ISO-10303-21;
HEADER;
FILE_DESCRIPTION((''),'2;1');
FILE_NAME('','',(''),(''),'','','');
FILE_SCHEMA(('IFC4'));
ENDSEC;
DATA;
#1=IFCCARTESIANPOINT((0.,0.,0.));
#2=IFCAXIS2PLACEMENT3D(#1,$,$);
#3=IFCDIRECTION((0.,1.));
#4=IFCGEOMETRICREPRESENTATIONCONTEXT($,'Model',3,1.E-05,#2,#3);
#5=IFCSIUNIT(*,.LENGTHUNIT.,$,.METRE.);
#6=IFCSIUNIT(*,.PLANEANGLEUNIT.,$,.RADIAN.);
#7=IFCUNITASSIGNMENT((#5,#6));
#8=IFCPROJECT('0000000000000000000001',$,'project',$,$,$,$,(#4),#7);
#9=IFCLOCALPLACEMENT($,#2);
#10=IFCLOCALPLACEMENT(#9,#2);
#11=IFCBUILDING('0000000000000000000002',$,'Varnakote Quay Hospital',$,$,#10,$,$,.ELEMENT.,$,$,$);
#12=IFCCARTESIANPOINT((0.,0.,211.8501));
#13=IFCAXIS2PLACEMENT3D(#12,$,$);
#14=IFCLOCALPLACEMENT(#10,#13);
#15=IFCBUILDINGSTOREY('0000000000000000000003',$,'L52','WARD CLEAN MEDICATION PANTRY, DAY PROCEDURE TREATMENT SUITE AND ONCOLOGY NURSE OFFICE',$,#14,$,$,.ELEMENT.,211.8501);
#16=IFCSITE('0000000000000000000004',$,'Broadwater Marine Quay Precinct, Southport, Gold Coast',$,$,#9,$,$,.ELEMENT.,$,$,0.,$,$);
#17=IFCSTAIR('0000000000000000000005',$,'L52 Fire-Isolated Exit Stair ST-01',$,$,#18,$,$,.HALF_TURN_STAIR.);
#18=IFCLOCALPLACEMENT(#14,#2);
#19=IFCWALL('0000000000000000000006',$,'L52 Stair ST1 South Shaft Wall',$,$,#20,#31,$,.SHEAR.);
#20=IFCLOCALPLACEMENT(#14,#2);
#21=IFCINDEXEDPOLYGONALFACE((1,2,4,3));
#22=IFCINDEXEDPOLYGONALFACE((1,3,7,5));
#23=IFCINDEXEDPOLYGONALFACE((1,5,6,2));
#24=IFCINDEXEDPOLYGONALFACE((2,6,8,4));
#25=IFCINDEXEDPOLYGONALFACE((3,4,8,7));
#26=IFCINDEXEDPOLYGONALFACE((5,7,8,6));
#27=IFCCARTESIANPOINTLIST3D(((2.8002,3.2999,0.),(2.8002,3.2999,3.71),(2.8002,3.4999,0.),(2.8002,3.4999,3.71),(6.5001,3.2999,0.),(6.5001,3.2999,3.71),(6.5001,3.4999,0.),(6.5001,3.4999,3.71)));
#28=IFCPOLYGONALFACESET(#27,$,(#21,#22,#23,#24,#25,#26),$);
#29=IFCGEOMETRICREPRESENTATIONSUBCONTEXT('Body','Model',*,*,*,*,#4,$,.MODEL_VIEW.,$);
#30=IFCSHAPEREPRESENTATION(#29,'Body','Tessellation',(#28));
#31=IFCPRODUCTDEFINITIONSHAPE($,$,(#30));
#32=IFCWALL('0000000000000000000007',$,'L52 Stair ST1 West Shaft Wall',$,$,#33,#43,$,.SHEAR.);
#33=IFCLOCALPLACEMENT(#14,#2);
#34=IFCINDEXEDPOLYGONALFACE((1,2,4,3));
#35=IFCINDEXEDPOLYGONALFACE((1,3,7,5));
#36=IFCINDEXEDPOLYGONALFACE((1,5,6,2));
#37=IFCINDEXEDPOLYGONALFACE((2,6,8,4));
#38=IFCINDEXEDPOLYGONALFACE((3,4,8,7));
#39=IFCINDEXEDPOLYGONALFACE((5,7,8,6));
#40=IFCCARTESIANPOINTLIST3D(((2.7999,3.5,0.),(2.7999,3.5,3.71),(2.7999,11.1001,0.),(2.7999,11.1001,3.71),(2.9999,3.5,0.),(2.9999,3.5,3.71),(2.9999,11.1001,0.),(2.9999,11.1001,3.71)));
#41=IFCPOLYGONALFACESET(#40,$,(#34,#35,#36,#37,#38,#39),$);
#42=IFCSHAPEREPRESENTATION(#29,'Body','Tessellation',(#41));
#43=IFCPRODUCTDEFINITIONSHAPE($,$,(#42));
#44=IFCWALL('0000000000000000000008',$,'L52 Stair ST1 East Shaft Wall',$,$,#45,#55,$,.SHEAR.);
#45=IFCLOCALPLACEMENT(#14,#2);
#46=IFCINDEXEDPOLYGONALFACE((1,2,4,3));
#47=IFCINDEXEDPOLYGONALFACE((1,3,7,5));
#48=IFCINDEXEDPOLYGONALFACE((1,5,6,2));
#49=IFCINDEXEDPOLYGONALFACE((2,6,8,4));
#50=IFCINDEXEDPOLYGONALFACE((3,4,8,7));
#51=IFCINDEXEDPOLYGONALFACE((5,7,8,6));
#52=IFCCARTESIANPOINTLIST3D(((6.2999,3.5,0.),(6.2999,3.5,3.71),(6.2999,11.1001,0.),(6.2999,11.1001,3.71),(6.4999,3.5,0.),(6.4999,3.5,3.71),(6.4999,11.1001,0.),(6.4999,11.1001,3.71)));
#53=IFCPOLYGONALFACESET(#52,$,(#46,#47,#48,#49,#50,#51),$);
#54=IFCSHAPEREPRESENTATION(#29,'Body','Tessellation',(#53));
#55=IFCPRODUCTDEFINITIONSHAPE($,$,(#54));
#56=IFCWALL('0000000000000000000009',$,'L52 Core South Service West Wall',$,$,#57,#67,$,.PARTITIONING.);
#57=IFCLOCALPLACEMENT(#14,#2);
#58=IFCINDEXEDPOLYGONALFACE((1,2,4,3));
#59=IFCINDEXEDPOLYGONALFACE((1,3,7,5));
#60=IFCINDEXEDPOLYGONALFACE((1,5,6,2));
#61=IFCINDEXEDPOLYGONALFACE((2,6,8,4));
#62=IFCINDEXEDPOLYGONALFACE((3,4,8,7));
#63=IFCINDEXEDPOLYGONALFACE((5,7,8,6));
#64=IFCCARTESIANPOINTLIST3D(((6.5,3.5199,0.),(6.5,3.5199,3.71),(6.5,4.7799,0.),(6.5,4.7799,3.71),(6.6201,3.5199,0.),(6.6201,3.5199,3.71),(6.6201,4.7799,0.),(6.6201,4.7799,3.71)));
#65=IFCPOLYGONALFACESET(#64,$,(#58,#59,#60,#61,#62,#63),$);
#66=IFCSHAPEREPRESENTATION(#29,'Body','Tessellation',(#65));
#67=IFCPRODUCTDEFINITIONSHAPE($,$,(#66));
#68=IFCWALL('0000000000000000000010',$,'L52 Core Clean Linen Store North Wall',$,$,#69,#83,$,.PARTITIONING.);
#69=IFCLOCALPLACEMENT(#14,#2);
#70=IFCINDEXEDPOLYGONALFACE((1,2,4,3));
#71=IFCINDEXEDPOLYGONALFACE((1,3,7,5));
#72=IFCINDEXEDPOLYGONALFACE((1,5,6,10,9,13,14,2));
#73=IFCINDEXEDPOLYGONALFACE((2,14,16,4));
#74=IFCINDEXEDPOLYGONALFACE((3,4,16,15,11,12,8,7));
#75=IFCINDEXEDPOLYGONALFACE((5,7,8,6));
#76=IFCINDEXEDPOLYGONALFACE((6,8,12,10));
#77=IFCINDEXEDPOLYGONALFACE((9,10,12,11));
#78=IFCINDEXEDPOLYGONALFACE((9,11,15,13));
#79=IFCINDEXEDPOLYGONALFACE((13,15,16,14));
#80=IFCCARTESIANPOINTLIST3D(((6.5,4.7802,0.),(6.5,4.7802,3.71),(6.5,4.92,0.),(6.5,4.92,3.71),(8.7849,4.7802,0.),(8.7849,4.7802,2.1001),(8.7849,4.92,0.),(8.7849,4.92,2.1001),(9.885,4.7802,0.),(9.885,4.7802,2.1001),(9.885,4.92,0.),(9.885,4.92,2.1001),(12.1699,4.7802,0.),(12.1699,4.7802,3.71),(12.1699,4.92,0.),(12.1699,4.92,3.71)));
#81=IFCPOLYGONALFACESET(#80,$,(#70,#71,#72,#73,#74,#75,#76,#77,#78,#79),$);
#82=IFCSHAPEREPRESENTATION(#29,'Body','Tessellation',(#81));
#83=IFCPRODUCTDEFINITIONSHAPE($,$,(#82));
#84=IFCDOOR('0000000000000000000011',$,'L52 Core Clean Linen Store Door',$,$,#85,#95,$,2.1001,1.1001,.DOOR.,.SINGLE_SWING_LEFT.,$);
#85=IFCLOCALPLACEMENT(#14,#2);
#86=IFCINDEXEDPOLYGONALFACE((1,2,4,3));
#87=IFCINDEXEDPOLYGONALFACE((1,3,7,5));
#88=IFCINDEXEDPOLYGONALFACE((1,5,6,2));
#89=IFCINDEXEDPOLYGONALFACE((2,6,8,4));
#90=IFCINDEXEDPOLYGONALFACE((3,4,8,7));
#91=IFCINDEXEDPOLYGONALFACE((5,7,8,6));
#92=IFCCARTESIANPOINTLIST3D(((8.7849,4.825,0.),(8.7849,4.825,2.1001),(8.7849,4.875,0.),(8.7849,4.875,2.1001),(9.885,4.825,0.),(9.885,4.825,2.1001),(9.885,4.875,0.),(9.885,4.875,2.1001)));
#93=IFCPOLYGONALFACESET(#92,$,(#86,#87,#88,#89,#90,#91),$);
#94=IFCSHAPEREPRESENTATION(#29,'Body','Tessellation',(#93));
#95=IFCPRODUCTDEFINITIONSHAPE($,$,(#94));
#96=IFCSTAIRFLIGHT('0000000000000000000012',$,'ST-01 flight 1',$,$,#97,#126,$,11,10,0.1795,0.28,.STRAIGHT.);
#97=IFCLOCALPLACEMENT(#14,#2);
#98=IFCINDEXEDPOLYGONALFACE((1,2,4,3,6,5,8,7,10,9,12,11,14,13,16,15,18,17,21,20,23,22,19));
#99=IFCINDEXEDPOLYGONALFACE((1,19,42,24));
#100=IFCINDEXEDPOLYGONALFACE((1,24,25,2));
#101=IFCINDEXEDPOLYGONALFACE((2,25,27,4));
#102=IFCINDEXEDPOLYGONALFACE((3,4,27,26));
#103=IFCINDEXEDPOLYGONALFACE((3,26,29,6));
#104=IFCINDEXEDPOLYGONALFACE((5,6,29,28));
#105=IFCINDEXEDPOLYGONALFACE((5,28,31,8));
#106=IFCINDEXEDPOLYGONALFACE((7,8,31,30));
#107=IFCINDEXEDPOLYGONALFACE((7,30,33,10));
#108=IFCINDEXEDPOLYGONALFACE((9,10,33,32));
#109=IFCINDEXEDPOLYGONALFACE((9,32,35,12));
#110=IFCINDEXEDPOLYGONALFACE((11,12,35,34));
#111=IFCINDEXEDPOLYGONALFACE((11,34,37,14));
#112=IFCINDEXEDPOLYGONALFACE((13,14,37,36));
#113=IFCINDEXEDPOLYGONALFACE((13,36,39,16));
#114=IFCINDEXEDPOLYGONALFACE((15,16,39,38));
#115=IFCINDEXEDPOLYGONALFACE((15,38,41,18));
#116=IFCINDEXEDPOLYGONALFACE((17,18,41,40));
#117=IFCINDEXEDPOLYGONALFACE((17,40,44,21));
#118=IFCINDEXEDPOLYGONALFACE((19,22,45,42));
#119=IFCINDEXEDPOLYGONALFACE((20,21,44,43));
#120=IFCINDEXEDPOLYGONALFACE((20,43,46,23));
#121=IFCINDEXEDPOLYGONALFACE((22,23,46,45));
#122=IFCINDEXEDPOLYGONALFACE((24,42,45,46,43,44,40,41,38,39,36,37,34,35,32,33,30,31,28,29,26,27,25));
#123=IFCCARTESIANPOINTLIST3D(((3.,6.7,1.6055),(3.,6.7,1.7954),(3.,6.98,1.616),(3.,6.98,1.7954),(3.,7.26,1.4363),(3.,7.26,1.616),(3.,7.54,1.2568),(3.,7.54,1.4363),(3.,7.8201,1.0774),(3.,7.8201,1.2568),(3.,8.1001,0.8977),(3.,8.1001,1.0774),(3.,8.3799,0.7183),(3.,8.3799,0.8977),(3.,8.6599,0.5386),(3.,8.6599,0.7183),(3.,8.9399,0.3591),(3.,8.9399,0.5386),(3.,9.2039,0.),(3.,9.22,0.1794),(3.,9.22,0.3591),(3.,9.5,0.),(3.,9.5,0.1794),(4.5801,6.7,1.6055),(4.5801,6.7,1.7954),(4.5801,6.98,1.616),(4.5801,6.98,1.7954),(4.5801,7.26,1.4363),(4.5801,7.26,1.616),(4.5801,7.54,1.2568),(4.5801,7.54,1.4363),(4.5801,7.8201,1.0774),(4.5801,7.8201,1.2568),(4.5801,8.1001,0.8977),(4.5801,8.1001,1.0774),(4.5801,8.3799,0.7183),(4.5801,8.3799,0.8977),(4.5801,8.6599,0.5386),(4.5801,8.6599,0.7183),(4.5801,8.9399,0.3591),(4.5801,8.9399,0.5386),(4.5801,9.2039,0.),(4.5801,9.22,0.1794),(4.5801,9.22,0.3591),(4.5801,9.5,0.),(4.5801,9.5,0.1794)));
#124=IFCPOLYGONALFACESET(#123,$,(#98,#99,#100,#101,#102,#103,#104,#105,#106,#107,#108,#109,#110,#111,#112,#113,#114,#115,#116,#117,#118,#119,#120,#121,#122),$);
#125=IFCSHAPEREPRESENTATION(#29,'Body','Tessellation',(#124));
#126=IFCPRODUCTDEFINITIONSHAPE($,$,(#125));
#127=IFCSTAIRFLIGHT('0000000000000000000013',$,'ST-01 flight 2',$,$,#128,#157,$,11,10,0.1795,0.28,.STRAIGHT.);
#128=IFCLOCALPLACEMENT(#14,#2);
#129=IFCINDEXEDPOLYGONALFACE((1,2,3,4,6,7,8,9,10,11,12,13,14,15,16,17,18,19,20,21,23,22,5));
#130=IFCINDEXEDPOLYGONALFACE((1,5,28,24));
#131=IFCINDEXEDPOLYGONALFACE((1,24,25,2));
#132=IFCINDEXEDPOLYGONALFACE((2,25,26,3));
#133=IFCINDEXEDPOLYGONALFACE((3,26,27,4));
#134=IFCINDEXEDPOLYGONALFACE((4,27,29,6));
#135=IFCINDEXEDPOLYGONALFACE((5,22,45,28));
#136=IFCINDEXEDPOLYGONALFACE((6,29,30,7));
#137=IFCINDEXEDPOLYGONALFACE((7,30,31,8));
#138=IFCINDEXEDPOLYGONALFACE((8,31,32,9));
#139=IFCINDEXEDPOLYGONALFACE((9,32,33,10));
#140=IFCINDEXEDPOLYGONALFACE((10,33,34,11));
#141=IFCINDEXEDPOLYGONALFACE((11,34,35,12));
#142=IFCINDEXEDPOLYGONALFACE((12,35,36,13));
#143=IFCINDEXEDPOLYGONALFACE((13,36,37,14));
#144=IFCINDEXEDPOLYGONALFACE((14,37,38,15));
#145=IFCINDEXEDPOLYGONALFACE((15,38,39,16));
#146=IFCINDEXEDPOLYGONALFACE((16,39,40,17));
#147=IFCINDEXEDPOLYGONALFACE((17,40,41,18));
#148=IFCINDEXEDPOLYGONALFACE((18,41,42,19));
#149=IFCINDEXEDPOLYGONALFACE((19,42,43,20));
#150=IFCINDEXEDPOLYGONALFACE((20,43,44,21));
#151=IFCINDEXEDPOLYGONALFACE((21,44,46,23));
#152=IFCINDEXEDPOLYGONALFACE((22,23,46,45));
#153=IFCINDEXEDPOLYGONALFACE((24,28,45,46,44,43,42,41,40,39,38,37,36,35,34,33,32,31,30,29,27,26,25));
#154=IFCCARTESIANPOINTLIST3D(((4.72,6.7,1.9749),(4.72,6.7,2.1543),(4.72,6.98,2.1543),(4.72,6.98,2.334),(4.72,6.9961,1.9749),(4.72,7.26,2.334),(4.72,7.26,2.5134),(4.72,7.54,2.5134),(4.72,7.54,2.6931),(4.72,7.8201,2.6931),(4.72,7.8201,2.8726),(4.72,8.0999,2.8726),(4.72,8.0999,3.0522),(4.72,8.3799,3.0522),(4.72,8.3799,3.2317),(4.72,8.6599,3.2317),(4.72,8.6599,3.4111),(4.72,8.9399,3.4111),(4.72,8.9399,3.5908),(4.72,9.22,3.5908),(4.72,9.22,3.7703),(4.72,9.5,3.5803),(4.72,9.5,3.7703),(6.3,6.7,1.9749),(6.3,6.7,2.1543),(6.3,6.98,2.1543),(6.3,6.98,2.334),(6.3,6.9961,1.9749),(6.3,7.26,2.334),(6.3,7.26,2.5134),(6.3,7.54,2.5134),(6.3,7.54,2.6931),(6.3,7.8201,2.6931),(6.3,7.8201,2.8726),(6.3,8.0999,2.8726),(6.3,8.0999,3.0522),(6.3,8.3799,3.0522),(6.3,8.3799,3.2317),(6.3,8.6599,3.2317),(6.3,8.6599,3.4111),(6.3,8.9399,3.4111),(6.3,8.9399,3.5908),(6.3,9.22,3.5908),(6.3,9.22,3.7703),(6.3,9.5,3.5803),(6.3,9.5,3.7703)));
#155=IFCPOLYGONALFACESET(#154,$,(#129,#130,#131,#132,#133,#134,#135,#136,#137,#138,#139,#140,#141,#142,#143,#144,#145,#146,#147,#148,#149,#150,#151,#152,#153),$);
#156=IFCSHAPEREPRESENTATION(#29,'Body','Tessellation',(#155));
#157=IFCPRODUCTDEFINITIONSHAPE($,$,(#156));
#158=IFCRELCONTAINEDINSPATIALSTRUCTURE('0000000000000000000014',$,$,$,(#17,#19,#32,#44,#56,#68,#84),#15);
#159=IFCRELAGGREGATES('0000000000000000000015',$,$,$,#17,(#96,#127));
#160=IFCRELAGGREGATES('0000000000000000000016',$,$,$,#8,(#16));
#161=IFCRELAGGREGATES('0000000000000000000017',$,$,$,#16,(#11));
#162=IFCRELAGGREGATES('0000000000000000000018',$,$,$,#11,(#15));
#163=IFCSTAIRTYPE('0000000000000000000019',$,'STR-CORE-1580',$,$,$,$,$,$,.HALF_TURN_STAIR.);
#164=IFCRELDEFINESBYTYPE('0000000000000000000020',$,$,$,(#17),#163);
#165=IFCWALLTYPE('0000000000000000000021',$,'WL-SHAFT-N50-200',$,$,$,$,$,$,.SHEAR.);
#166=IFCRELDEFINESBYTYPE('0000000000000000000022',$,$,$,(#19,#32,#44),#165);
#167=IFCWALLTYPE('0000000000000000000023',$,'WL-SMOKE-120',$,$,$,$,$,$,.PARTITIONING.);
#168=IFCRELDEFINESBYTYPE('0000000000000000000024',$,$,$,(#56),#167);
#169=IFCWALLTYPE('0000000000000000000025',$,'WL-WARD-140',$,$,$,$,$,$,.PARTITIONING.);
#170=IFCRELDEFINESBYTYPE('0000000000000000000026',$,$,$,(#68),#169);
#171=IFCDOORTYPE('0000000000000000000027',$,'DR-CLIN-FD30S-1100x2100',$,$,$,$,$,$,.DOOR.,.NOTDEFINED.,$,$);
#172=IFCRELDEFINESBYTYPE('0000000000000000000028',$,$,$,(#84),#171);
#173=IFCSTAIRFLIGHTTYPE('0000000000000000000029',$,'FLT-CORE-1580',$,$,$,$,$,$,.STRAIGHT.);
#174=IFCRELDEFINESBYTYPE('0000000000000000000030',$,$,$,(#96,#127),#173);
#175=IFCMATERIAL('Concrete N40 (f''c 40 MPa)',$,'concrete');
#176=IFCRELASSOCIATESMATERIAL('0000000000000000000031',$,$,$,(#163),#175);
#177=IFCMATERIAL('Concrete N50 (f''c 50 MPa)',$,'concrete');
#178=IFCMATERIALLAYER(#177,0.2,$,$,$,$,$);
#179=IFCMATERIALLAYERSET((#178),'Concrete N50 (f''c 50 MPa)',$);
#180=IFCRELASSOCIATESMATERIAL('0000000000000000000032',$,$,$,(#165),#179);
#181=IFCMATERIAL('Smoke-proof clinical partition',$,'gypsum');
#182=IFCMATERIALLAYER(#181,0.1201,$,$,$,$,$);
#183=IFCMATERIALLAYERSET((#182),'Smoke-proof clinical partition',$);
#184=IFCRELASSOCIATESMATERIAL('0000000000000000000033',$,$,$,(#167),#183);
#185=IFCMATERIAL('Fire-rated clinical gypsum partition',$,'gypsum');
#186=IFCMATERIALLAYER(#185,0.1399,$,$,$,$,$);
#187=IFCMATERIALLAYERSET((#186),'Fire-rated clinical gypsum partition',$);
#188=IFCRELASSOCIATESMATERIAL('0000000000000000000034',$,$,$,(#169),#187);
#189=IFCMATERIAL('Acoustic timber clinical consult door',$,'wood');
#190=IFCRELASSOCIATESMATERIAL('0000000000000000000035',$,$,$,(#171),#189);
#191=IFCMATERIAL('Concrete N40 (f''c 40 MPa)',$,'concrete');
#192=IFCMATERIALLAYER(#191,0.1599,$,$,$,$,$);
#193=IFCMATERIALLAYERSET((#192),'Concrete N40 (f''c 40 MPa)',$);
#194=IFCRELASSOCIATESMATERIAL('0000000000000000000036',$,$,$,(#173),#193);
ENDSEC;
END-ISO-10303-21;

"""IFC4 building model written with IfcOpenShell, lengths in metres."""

from ifc_helpers import new_model, si_unit, direction, frame, frame_2d, origin, place, context, subcontext, project, spatial, polyline, rectangle, outline, extrude, material, layer, layer_set, type_object, element, fill, aggregate, save


model = new_model("IFC4")

# Units and contexts
model_context = context("Model", 3, precision=1e-05, world=origin(), true_north=direction((0.0, 1.0)))
body_context = subcontext(model_context, "Body", "Model", "MODEL_VIEW")
ifc_project = project(units=[si_unit("LENGTHUNIT", "METRE"), si_unit("PLANEANGLEUNIT", "RADIAN")], contexts=[model_context])

# Site, building, storey
site_placement = place(None, origin())
site = spatial("IfcSite", under=ifc_project, at=site_placement, Name="Broadwater Marine Quay Precinct, Southport, Gold Coast", CompositionType="ELEMENT", RefElevation=0.0)
building_placement = place(site_placement, origin())
building = spatial("IfcBuilding", under=site, at=building_placement, Name="Varnakote Quay Hospital", CompositionType="ELEMENT")
storey_placement = place(building_placement, frame((0.0, 0.0, 211.8501)))
storey = spatial("IfcBuildingStorey", under=building, at=storey_placement, Name="L52", Description="WARD CLEAN MEDICATION PANTRY, DAY PROCEDURE TREATMENT SUITE AND ONCOLOGY NURSE OFFICE", CompositionType="ELEMENT", Elevation=211.8501)

# Stair
ifc_material_1 = material(Name="Concrete N40 (f'c 40 MPa)", Category="concrete")
stair_type = type_object("IfcStairType", Name="STR-CORE-1580", PredefinedType="HALF_TURN_STAIR", material=ifc_material_1)
stair_1_placement = place(storey_placement, origin())
stair_1 = element("IfcStair", 1, at=stair_1_placement, inside=storey, type_object=stair_type, Name="L52 Fire-Isolated Exit Stair ST-01", PredefinedType="HALF_TURN_STAIR")

# Walls
ifc_material_2 = material(Name="Concrete N50 (f'c 50 MPa)", Category="concrete")
ifc_layer_1 = layer(ifc_material_2, 0.2)
ifc_layer_set_1 = layer_set([ifc_layer_1], Name="Concrete N50 (f'c 50 MPa)")
wall_type_1 = type_object("IfcWallType", Name="WL-SHAFT-N50-200", PredefinedType="SHEAR", material=ifc_layer_set_1)
wall_1_placement = place(storey_placement, frame((2.8, 3.3999, 0.0), z_axis=(0.0, 0.0, 1.0), x_axis=(1.0, 0.0, 0.0)))
element("IfcWall", 2, at=wall_1_placement, inside=storey, type_object=wall_type_1, Name="L52 Stair ST1 South Shaft Wall", PredefinedType="SHEAR", context=body_context, shape_type="SweptSolid", body=[
    extrude(rectangle(XDim=3.7, YDim=0.2, at=frame_2d((1.8501, 0.0))), origin(), (0.0, 0.0, 1.0), 3.71),
])
for number, where, z_axis, x_axis, name in (
    (3, (2.8999, 3.5, 0.0), (0.0, 0.0, 1.0), (0.0, 1.0, 0.0), "L52 Stair ST1 West Shaft Wall"),
    (4, (6.3999, 3.5, 0.0), (0.0, 0.0, 1.0), (0.0, 1.0, 0.0), "L52 Stair ST1 East Shaft Wall"),
):
    element("IfcWall", number, at=place(storey_placement, frame(where, z_axis=z_axis, x_axis=x_axis)), inside=storey, type_object=wall_type_1, Name=name, PredefinedType="SHEAR", context=body_context, shape_type="SweptSolid", body=[
        extrude(rectangle(XDim=7.6001, YDim=0.2, at=frame_2d((3.8, 0.0))), origin(), (0.0, 0.0, 1.0), 3.71),
    ])

# Wall
ifc_material_3 = material(Name="Smoke-proof clinical partition", Category="gypsum")
ifc_layer_2 = layer(ifc_material_3, 0.1201)
ifc_layer_set_2 = layer_set([ifc_layer_2], Name="Smoke-proof clinical partition")
wall_type_2 = type_object("IfcWallType", Name="WL-SMOKE-120", PredefinedType="PARTITIONING", material=ifc_layer_set_2)
wall_2_placement = place(storey_placement, frame((6.5601, 3.52, 0.0), z_axis=(0.0, 0.0, 1.0), x_axis=(0.0, 1.0, 0.0)))
element("IfcWall", 5, at=wall_2_placement, inside=storey, type_object=wall_type_2, Name="L52 Core South Service West Wall", PredefinedType="PARTITIONING", context=body_context, shape_type="SweptSolid", body=[
    extrude(rectangle(XDim=1.26, YDim=0.1201, at=frame_2d((0.6299, 0.0))), origin(), (0.0, 0.0, 1.0), 3.71),
])

# Wall, opening, door
ifc_material_4 = material(Name="Fire-rated clinical gypsum partition", Category="gypsum")
ifc_layer_3 = layer(ifc_material_4, 0.1399)
ifc_layer_set_3 = layer_set([ifc_layer_3], Name="Fire-rated clinical gypsum partition")
wall_type_3 = type_object("IfcWallType", Name="WL-WARD-140", PredefinedType="PARTITIONING", material=ifc_layer_set_3)
wall_3_placement = place(storey_placement, frame((6.5, 4.8501, 0.0), z_axis=(0.0, 0.0, 1.0), x_axis=(1.0, 0.0, 0.0)))
wall_3 = element("IfcWall", 6, at=wall_3_placement, inside=storey, type_object=wall_type_3, Name="L52 Core Clean Linen Store North Wall", PredefinedType="PARTITIONING", context=body_context, shape_type="SweptSolid", body=[
    extrude(rectangle(XDim=5.6699, YDim=0.1399, at=frame_2d((2.835, 0.0))), origin(), (0.0, 0.0, 1.0), 3.71),
])
opening_1_placement = place(wall_3_placement, frame((2.2849, 0.0, 0.0)))
opening_1 = element("IfcOpeningElement", 7, at=opening_1_placement, cuts=wall_3, PredefinedType="OPENING", context=body_context, shape_type="SweptSolid", body=[
    extrude(rectangle(XDim=1.1001, YDim=2.1001, at=frame_2d((0.55, 1.05))), frame((0.0, 0.0798, 0.0), z_axis=(0.0, -1.0, 0.0), x_axis=(1.0, 0.0, 0.0)), (0.0, 0.0, 1.0), 0.1599),
])
ifc_material_5 = material(Name="Acoustic timber clinical consult door", Category="wood")
door_type_1 = type_object("IfcDoorType", Name="DR-CLIN-FD30S-1100x2100", OperationType="NOTDEFINED", PredefinedType="DOOR", material=ifc_material_5)
door_1_placement = place(opening_1_placement, origin())
door_1 = element("IfcDoor", 8, at=door_1_placement, inside=storey, type_object=door_type_1, Name="L52 Core Clean Linen Store Door", OperationType="SINGLE_SWING_LEFT", OverallHeight=2.1001, OverallWidth=1.1001, PredefinedType="DOOR", context=body_context, shape_type="SweptSolid", body=[
    extrude(rectangle(XDim=1.1001, YDim=2.1001, at=frame_2d((0.55, 1.05))), frame((0.0, 0.0249, 0.0), z_axis=(0.0, -1.0, 0.0), x_axis=(1.0, 0.0, 0.0)), (0.0, 0.0, 1.0), 0.05),
])
fill(opening_1, door_1)

# Stair flights
ifc_material_6 = material(Name="Concrete N40 (f'c 40 MPa)", Category="concrete")
ifc_layer_4 = layer(ifc_material_6, 0.1599)
ifc_layer_set_4 = layer_set([ifc_layer_4], Name="Concrete N40 (f'c 40 MPa)")
stair_flight_type = type_object("IfcStairFlightType", Name="FLT-CORE-1580", PredefinedType="STRAIGHT", material=ifc_layer_set_4)
stair_flight_1_placement = place(storey_placement, frame((3.79, 9.5, 0.0), z_axis=(0.0, 0.0, 1.0), x_axis=(0.0, -1.0, 0.0)))
stair_flight_1 = element("IfcStairFlight", 9, at=stair_flight_1_placement, type_object=stair_flight_type, Name="ST-01 flight 1", NumberOfRisers=11, NumberOfTreads=10, PredefinedType="STRAIGHT", RiserHeight=0.1795, TreadLength=0.28, context=body_context, shape_type="SweptSolid", body=[
    extrude(outline(polyline([(0.0, 0.0), (0.0, 0.1794), (0.28, 0.1794), (0.28, 0.3591), (0.5601, 0.3591), (0.5601, 0.5386), (0.8401, 0.5386), (0.8401, 0.7183), (1.1201, 0.7183), (1.1201, 0.8977), (1.3999, 0.8977), (1.3999, 1.0774), (1.6799, 1.0774), (1.6799, 1.2568), (1.96, 1.2568), (1.96, 1.4363), (2.24, 1.4363), (2.24, 1.616), (2.52, 1.616), (2.52, 1.7954), (2.8, 1.7954), (2.8, 1.9751), (2.8, 1.6055), (0.2961, 0.0), (0.0, 0.0)])), frame((0.0, 0.79, 0.0), z_axis=(0.0, -1.0, 0.0), x_axis=(1.0, 0.0, 0.0)), (0.0, 0.0, 1.0), 1.5801),
])
stair_flight_2_placement = place(storey_placement, frame((5.51, 6.7, 1.9749), z_axis=(0.0, 0.0, 1.0), x_axis=(0.0, 1.0, 0.0)))
stair_flight_2 = element("IfcStairFlight", 10, at=stair_flight_2_placement, type_object=stair_flight_type, Name="ST-01 flight 2", NumberOfRisers=11, NumberOfTreads=10, PredefinedType="STRAIGHT", RiserHeight=0.1795, TreadLength=0.28, context=body_context, shape_type="SweptSolid", body=[
    extrude(outline(polyline([(0.0, 0.0), (0.0, 0.1794), (0.28, 0.1794), (0.28, 0.3591), (0.5601, 0.3591), (0.5601, 0.5386), (0.8401, 0.5386), (0.8401, 0.7183), (1.1201, 0.7183), (1.1201, 0.8977), (1.3999, 0.8977), (1.3999, 1.0774), (1.6799, 1.0774), (1.6799, 1.2568), (1.96, 1.2568), (1.96, 1.4363), (2.24, 1.4363), (2.24, 1.616), (2.52, 1.616), (2.52, 1.7954), (2.8, 1.7954), (2.8, 1.9751), (2.8, 1.6055), (0.2961, 0.0), (0.0, 0.0)])), frame((0.0, 0.79, 0.0), z_axis=(0.0, -1.0, 0.0), x_axis=(1.0, 0.0, 0.0)), (0.0, 0.0, 1.0), 1.5801),
])
aggregate(stair_1, [stair_flight_1, stair_flight_2])

save(model, "model.ifc")
